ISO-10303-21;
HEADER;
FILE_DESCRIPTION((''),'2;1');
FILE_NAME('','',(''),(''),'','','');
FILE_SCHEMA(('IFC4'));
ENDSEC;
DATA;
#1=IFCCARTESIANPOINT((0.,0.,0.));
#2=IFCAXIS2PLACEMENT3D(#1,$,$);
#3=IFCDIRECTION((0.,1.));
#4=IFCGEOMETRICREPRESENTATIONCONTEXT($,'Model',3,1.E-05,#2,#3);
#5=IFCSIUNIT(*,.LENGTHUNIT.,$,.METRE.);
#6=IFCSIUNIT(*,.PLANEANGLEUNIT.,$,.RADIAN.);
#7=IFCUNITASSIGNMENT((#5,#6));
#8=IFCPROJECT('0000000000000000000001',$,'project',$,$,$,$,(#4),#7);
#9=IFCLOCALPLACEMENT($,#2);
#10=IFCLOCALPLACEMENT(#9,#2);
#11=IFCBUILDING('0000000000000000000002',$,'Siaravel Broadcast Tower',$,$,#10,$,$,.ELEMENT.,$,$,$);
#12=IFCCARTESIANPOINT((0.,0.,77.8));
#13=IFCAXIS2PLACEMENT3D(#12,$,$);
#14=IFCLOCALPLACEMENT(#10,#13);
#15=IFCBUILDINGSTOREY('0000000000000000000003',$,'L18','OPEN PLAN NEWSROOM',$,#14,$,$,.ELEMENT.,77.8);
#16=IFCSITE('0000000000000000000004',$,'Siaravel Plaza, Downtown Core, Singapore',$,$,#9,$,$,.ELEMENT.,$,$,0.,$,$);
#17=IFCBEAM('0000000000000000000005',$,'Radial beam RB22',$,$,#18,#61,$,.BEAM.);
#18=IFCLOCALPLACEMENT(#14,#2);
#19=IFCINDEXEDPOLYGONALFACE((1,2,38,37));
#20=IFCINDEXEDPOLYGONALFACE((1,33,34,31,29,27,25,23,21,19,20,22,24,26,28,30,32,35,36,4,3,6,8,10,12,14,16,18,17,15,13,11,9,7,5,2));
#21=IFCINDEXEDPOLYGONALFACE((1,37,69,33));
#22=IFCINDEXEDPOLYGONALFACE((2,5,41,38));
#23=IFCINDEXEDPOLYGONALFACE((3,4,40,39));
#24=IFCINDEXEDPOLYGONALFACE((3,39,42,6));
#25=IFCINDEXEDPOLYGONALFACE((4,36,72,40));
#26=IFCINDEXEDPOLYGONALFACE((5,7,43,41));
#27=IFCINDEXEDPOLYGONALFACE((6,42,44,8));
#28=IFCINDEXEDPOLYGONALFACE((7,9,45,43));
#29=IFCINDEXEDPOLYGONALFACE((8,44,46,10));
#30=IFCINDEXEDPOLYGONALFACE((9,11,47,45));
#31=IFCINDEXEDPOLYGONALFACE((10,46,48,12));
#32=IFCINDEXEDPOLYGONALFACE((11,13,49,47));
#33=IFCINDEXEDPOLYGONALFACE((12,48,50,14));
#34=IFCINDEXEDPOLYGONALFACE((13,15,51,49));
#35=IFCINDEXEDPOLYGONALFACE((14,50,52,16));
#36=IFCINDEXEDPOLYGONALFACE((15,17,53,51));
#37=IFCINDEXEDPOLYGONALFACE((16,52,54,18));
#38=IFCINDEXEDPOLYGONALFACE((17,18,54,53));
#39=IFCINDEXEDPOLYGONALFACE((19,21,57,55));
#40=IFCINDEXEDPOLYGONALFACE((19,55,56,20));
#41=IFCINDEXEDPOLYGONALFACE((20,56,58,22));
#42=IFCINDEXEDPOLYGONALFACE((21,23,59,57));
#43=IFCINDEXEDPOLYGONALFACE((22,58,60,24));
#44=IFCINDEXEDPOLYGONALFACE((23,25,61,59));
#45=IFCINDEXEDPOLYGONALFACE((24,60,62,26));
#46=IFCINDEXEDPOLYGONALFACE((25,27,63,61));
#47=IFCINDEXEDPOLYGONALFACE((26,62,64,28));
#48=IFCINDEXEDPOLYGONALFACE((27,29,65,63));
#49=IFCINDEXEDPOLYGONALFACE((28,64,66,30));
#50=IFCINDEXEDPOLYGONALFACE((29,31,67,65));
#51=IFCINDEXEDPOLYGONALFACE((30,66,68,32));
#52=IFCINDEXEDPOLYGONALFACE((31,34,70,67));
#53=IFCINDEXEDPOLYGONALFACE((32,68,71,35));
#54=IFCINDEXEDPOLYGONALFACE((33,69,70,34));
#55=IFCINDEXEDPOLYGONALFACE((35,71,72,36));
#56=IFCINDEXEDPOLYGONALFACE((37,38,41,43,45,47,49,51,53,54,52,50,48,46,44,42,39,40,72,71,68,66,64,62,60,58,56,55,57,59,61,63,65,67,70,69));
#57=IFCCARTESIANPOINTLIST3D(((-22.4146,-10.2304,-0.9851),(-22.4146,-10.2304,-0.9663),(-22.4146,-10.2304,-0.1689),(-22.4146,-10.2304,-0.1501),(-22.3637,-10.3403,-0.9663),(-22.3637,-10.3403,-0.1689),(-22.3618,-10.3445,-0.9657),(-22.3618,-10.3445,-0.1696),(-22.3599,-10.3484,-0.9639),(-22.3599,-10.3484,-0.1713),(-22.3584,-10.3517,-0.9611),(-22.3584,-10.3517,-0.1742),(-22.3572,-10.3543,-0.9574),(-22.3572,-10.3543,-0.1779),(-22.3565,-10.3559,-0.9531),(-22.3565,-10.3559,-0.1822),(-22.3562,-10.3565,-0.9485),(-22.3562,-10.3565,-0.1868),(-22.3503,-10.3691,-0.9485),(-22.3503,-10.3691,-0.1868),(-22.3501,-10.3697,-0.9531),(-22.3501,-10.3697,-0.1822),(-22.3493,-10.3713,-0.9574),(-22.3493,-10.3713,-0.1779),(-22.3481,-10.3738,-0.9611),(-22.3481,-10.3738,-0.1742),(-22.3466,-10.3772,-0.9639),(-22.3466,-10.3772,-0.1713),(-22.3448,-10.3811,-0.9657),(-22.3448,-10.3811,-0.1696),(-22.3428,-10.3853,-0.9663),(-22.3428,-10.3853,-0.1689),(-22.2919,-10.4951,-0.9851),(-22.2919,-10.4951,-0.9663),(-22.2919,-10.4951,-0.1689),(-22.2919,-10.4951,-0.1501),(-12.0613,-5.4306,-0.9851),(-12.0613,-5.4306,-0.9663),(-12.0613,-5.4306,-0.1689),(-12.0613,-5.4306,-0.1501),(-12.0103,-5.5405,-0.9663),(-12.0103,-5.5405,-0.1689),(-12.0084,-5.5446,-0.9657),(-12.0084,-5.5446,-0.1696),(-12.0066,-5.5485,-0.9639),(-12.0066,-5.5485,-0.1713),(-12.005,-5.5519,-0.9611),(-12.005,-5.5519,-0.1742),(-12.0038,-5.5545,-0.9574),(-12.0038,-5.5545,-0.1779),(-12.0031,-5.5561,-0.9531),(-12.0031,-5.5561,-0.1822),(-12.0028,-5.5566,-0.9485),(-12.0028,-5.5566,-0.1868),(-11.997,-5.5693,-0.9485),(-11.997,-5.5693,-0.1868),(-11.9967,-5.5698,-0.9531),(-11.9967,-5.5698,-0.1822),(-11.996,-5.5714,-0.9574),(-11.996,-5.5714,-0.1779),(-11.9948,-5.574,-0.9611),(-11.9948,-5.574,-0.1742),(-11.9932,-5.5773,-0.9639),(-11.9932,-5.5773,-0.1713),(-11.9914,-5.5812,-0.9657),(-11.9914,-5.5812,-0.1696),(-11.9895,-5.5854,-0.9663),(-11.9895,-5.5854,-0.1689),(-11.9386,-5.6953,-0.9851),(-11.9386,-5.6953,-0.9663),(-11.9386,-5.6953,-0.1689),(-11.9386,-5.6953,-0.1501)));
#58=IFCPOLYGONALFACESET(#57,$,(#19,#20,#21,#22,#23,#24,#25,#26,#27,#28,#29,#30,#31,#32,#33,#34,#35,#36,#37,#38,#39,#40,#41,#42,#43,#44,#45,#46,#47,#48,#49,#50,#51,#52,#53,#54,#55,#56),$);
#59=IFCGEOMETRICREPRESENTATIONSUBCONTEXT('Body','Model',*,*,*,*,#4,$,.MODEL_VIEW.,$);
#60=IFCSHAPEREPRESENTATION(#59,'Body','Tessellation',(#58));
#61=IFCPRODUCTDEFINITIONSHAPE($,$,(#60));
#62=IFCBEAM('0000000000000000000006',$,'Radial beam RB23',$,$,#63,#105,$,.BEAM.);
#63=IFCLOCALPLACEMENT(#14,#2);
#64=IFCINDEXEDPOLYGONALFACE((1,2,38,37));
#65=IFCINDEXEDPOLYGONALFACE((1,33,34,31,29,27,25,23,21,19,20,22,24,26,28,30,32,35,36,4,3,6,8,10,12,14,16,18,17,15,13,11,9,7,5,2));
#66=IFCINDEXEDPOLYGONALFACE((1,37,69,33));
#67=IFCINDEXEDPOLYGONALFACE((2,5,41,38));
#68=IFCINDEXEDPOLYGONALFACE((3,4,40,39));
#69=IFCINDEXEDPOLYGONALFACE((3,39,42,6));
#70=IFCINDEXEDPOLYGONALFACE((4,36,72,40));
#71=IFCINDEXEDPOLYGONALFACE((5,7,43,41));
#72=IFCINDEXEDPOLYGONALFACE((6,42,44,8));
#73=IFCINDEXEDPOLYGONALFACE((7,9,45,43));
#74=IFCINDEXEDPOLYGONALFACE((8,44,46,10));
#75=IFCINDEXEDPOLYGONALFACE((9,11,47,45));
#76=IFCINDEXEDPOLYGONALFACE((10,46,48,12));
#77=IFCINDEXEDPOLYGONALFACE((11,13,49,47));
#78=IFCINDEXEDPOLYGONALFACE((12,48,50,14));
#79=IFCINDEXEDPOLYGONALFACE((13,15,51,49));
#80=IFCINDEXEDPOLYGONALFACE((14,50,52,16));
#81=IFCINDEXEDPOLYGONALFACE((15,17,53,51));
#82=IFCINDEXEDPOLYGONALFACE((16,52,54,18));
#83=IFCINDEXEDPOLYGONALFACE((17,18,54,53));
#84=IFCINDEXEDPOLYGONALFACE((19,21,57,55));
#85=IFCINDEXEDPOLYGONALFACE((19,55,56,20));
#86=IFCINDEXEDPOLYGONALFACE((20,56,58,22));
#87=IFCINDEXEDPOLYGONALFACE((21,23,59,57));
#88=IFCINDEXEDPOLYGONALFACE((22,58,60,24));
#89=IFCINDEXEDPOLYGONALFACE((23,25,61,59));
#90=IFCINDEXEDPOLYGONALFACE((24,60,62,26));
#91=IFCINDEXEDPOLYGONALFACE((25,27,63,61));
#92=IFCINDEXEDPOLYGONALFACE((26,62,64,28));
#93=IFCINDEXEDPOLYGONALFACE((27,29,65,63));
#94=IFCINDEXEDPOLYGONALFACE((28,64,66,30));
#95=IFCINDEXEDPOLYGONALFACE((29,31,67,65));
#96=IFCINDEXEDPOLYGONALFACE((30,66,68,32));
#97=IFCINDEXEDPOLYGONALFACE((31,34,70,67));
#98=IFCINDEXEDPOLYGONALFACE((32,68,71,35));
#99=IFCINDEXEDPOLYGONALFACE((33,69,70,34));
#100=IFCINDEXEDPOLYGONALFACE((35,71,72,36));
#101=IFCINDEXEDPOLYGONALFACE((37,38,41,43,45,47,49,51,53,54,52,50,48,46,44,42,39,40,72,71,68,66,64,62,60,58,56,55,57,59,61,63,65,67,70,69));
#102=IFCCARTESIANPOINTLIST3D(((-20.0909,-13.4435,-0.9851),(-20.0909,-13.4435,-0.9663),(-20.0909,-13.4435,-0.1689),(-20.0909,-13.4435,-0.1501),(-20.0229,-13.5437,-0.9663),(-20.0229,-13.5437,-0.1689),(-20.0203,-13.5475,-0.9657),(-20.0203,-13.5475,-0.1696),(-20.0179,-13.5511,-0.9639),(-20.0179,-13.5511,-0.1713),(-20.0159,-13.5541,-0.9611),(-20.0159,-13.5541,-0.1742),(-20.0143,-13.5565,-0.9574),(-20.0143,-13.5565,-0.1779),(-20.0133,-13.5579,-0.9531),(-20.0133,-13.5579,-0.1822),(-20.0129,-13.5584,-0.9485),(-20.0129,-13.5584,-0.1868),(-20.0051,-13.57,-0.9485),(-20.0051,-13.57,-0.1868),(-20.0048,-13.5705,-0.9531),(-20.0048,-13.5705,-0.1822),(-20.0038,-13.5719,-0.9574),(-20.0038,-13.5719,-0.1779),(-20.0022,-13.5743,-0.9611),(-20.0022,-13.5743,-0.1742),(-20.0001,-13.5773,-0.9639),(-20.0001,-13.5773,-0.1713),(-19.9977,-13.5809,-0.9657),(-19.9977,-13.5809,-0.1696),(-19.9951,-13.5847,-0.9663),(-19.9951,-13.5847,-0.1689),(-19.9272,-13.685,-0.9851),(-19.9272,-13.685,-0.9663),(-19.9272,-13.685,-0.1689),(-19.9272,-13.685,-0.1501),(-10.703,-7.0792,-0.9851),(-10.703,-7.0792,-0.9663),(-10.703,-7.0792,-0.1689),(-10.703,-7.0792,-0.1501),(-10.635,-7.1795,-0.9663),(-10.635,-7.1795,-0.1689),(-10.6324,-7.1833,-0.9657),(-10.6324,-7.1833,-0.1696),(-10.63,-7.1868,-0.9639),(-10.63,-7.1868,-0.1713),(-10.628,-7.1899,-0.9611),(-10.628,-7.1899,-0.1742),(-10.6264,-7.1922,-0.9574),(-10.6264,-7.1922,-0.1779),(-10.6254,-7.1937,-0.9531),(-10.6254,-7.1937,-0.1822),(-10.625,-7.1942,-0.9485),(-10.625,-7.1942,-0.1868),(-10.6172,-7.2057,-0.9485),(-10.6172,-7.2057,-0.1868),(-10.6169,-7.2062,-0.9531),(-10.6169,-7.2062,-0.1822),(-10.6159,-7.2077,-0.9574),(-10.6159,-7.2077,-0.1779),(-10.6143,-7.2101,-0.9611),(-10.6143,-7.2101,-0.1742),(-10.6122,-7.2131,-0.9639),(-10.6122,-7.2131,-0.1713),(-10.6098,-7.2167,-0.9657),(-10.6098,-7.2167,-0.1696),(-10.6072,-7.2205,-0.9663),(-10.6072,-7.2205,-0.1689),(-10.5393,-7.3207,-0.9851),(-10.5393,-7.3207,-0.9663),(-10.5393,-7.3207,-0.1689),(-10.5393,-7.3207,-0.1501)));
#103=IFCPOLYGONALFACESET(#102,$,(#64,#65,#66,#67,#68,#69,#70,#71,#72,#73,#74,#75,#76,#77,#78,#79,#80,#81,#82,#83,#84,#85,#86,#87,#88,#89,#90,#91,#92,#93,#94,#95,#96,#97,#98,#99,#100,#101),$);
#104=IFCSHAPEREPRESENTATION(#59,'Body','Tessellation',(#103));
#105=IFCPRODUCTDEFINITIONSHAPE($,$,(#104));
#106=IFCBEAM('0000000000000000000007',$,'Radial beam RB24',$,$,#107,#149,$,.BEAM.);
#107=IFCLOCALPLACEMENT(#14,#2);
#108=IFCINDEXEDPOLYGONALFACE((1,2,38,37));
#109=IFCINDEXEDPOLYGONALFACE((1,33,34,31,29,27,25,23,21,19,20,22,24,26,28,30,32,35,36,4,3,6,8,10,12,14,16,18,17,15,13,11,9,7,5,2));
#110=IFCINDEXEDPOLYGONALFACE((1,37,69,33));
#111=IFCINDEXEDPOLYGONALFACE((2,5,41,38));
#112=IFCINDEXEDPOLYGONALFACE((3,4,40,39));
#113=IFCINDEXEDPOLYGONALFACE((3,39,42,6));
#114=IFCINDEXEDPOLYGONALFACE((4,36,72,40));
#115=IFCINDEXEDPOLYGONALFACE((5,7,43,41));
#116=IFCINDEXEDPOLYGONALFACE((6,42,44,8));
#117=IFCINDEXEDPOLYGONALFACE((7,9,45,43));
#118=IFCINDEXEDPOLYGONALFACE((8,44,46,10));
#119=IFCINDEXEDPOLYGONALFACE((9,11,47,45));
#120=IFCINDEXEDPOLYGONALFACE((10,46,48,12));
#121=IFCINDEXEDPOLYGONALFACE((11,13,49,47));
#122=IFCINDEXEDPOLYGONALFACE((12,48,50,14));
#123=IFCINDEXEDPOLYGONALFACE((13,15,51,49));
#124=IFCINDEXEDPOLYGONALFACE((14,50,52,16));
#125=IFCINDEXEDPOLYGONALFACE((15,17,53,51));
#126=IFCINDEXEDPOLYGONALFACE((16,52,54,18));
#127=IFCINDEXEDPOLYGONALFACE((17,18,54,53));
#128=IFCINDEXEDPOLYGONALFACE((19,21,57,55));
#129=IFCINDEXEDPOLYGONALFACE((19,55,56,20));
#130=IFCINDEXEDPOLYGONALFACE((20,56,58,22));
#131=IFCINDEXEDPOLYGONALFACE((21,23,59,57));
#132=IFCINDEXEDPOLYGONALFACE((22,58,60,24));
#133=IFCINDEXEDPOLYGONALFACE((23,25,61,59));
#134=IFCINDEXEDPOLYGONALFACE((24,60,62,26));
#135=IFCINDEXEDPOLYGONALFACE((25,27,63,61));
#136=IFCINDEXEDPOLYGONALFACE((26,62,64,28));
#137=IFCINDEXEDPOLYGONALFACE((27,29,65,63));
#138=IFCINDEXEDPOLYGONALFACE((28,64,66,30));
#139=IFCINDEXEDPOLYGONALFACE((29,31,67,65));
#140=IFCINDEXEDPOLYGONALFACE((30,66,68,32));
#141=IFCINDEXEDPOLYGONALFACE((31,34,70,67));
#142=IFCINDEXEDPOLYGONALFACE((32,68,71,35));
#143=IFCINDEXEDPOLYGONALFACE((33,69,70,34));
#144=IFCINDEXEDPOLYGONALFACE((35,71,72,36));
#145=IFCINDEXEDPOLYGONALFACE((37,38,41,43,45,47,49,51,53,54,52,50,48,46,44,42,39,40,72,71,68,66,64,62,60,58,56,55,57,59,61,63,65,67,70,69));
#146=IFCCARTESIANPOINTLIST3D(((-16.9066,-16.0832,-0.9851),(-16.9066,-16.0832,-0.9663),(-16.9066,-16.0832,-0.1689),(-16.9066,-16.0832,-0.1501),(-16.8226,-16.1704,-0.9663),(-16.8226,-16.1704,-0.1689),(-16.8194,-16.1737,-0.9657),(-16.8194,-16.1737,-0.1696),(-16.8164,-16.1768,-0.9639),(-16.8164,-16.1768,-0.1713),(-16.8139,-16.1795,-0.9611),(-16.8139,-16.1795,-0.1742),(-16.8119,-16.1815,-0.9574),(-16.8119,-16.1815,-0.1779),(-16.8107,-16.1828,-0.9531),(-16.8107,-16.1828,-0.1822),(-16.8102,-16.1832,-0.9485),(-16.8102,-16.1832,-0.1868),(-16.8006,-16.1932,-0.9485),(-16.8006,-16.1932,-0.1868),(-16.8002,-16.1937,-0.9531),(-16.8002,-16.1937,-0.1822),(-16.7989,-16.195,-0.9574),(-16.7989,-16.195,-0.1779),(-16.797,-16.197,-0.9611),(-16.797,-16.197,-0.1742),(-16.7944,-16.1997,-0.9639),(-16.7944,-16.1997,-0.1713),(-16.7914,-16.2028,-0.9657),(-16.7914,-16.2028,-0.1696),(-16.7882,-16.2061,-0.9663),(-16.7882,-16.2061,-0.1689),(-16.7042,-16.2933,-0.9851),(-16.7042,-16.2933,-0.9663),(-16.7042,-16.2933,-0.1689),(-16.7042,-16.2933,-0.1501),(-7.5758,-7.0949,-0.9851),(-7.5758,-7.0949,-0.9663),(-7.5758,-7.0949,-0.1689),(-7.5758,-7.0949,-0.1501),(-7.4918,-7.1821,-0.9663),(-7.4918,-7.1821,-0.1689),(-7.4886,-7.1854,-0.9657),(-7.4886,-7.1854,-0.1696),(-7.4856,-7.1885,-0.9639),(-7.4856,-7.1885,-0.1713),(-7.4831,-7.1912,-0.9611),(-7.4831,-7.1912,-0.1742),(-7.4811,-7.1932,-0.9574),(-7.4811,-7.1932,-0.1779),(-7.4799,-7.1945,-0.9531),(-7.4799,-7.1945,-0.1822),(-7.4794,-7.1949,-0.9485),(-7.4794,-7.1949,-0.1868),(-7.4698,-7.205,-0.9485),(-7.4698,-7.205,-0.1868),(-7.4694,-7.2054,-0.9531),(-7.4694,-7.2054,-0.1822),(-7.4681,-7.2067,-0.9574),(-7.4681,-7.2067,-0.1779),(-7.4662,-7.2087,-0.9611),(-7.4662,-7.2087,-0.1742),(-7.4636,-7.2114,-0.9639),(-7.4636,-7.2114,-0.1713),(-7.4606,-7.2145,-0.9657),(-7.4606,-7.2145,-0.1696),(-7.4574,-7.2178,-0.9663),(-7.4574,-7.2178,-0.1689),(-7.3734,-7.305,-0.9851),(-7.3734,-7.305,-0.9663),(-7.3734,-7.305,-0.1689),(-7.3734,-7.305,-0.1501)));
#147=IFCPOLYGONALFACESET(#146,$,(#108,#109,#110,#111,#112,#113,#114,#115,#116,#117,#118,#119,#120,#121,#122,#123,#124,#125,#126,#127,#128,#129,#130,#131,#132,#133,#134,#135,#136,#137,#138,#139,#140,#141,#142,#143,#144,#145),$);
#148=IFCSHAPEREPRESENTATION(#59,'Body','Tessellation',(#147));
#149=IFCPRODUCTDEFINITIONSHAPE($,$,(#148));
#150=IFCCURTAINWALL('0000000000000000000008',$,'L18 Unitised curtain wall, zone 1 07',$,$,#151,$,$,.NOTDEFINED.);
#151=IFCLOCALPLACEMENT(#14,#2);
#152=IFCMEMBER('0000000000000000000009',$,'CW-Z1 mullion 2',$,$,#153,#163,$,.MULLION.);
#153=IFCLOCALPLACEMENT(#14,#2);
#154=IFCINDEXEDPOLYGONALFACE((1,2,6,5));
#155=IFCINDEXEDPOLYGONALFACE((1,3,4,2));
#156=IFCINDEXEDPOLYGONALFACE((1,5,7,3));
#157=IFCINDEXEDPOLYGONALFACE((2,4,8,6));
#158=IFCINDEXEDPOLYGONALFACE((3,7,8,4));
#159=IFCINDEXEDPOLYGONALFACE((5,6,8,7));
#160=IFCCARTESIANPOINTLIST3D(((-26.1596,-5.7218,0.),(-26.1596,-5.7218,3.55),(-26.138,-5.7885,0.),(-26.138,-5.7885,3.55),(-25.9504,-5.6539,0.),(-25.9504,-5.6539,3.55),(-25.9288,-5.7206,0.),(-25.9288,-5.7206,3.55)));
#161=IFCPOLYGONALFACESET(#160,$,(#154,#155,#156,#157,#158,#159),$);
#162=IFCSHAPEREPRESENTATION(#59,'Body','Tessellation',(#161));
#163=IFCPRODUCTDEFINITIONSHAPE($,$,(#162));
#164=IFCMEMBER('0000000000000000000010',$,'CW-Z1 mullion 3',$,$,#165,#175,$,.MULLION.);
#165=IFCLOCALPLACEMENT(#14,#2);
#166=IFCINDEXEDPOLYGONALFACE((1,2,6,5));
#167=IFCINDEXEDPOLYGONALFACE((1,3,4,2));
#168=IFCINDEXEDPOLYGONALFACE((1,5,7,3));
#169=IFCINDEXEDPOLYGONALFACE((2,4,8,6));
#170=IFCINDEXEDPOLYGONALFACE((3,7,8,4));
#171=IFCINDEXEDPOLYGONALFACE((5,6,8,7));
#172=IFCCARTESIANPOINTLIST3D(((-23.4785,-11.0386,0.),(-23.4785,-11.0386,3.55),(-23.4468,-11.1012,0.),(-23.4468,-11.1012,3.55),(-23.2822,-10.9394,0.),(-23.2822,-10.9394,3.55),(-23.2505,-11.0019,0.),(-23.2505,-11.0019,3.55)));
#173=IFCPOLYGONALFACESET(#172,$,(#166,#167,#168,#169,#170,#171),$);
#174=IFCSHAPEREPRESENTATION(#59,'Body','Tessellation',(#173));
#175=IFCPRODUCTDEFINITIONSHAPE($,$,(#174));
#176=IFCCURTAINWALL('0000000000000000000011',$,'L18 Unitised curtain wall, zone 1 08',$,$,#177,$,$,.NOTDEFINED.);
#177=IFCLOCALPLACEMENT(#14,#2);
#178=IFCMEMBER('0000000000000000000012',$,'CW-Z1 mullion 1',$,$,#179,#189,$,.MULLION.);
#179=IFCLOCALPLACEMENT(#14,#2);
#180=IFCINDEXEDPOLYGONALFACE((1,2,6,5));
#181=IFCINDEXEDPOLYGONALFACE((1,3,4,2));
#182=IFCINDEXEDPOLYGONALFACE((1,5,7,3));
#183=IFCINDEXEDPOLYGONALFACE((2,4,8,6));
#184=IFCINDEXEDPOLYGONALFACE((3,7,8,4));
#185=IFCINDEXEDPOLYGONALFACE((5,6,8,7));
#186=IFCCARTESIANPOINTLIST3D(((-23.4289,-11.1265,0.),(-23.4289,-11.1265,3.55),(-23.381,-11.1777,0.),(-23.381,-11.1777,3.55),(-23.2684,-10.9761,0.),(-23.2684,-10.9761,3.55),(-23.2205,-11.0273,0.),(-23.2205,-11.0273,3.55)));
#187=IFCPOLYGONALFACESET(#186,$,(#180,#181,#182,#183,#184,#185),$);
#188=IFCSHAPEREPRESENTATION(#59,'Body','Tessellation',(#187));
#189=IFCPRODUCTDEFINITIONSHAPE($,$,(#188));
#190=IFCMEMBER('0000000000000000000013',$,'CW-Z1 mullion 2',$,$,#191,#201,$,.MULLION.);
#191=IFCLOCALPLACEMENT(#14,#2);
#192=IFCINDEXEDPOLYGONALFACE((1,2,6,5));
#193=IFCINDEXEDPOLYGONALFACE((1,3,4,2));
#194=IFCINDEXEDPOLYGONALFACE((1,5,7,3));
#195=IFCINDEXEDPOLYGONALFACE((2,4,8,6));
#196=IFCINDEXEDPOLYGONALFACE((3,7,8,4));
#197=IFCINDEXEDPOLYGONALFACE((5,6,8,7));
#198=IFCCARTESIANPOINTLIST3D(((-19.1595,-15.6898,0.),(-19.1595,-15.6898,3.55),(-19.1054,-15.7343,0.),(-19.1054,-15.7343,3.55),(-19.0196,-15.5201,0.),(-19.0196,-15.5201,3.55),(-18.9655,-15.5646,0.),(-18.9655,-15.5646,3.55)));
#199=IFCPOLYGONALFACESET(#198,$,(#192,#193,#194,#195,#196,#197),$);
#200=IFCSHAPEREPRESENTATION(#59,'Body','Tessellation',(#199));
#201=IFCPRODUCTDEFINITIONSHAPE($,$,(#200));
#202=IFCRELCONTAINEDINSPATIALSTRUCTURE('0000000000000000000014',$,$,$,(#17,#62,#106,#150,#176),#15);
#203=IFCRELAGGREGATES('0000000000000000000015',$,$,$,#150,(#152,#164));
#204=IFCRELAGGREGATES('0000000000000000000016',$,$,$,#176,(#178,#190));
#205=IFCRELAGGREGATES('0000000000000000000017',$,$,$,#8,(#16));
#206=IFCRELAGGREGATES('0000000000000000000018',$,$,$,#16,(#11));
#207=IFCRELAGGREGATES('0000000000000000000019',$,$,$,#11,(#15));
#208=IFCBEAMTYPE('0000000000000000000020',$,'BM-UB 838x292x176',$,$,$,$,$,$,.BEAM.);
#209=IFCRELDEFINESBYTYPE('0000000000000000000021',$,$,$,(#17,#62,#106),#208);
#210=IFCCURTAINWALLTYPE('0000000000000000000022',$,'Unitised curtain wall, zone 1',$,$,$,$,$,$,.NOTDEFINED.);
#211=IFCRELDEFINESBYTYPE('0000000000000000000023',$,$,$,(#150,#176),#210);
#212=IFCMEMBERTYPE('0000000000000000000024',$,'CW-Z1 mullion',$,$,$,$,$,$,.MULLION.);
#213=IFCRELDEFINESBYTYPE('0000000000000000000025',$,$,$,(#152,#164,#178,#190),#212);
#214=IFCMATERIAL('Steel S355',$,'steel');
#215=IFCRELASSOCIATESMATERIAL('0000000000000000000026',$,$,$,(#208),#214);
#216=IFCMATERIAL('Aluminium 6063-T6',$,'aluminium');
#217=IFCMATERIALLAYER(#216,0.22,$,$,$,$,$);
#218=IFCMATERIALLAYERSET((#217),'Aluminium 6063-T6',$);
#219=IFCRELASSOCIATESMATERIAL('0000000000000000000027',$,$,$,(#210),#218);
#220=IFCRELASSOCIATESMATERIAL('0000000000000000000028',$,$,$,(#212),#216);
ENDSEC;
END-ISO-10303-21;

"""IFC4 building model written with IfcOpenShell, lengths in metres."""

from ifc_helpers import new_model, si_unit, direction, frame, origin, origin_2d, place, context, subcontext, project, spatial, rectangle, i_section, extrude, material, layer, layer_set, material_profile, profile_set, type_object, element, aggregate, save


model = new_model("IFC4")

# Units and contexts
model_context = context("Model", 3, precision=1e-05, world=origin(), true_north=direction((0.0, 1.0)))
body_context = subcontext(model_context, "Body", "Model", "MODEL_VIEW")
ifc_project = project(units=[si_unit("LENGTHUNIT", "METRE"), si_unit("PLANEANGLEUNIT", "RADIAN")], contexts=[model_context])

# Site, building, storey
site_placement = place(None, origin())
site = spatial("IfcSite", under=ifc_project, at=site_placement, Name="Siaravel Plaza, Downtown Core, Singapore", CompositionType="ELEMENT", RefElevation=0.0)
building_placement = place(site_placement, origin())
building = spatial("IfcBuilding", under=site, at=building_placement, Name="Siaravel Broadcast Tower", CompositionType="ELEMENT")
storey_placement = place(building_placement, frame((0.0, 0.0, 77.8)))
storey = spatial("IfcBuildingStorey", under=building, at=storey_placement, Name="L18", Description="OPEN PLAN NEWSROOM", CompositionType="ELEMENT", Elevation=77.8)

# Beams
ifc_material_1 = material(Name="Steel S355", Category="steel")
ifc_material_profile_1 = material_profile(ifc_material_1, i_section(OverallWidth=0.2917, OverallDepth=0.835, WebThickness=0.0139, FlangeThickness=0.0188, FilletRadius=0.0178, at=origin_2d()))
ifc_profile_set_1 = profile_set([ifc_material_profile_1], Name="Steel S355")
beam_type = type_object("IfcBeamType", Name="BM-UB 838x292x176", PredefinedType="BEAM", material=ifc_profile_set_1)
beam_1_placement = place(storey_placement, frame((-22.3533, -10.3628, -0.5676), z_axis=(0.907246, 0.420601, 0.0), x_axis=(-0.420601, 0.907246, 0.0)))
element("IfcBeam", 1, at=beam_1_placement, inside=storey, type_object=beam_type, Name="Radial beam RB22", PredefinedType="BEAM", context=body_context, shape_type="SweptSolid", body=[
    extrude(i_section(OverallWidth=0.2917, OverallDepth=0.835, WebThickness=0.0139, FlangeThickness=0.0188, FilletRadius=0.0178, at=origin_2d()), origin(), (0.0, 0.0, 1.0), 11.4119),
])
beam_2_placement = place(storey_placement, frame((-20.009, -13.5642, -0.5676), z_axis=(0.827727, 0.561131, 0.0), x_axis=(-0.561131, 0.827727, 0.0)))
element("IfcBeam", 2, at=beam_2_placement, inside=storey, type_object=beam_type, Name="Radial beam RB23", PredefinedType="BEAM", context=body_context, shape_type="SweptSolid", body=[
    extrude(i_section(OverallWidth=0.2917, OverallDepth=0.835, WebThickness=0.0139, FlangeThickness=0.0188, FilletRadius=0.0178, at=origin_2d()), origin(), (0.0, 0.0, 1.0), 11.3418),
])
beam_3_placement = place(storey_placement, frame((-16.8054, -16.1882, -0.5676), z_axis=(0.720202, 0.693764, 0.0), x_axis=(-0.693764, 0.720202, 0.0)))
element("IfcBeam", 3, at=beam_3_placement, inside=storey, type_object=beam_type, Name="Radial beam RB24", PredefinedType="BEAM", context=body_context, shape_type="SweptSolid", body=[
    extrude(i_section(OverallWidth=0.2917, OverallDepth=0.835, WebThickness=0.0139, FlangeThickness=0.0188, FilletRadius=0.0178, at=origin_2d()), origin(), (0.0, 0.0, 1.0), 12.9558),
])

# Curtain walls, members
ifc_material_2 = material(Name="Aluminium 6063-T6", Category="aluminium")
ifc_layer_1 = layer(ifc_material_2, 0.22)
ifc_layer_set_1 = layer_set([ifc_layer_1], Name="Aluminium 6063-T6")
curtain_wall_type = type_object("IfcCurtainWallType", Name="Unitised curtain wall, zone 1", PredefinedType="NOTDEFINED", material=ifc_layer_set_1)
curtain_wall_1_placement = place(storey_placement, origin())
curtain_wall_1 = element("IfcCurtainWall", 4, at=curtain_wall_1_placement, inside=storey, type_object=curtain_wall_type, Name="L18 Unitised curtain wall, zone 1 07", PredefinedType="NOTDEFINED")
ifc_material_profile_2 = material_profile(ifc_material_2, rectangle(XDim=0.22, YDim=0.0701, at=origin_2d()))
ifc_profile_set_2 = profile_set([ifc_material_profile_2], Name="Aluminium 6063-T6")
member_type_1 = type_object("IfcMemberType", Name="CW-Z1 mullion", PredefinedType="MULLION", material=ifc_profile_set_2)
member_1_placement = place(storey_placement, frame((-26.0442, -5.7212, 0.0), z_axis=(0.0, 0.0, 1.0), x_axis=(0.951177, 0.308645, 0.0)))
member_1 = element("IfcMember", 5, at=member_1_placement, type_object=member_type_1, Name="CW-Z1 mullion 2", PredefinedType="MULLION", context=body_context, shape_type="SweptSolid", body=[
    extrude(rectangle(XDim=0.22, YDim=0.0701, at=origin_2d()), origin(), (0.0, 0.0, 1.0), 3.55),
])
member_2_placement = place(storey_placement, frame((-23.3645, -11.0203, 0.0), z_axis=(0.0, 0.0, 1.0), x_axis=(0.892392, 0.451261, 0.0)))
member_2 = element("IfcMember", 6, at=member_2_placement, type_object=member_type_1, Name="CW-Z1 mullion 3", PredefinedType="MULLION", context=body_context, shape_type="SweptSolid", body=[
    extrude(rectangle(XDim=0.22, YDim=0.0701, at=origin_2d()), origin(), (0.0, 0.0, 1.0), 3.55),
])
curtain_wall_2_placement = place(storey_placement, origin())
curtain_wall_2 = element("IfcCurtainWall", 7, at=curtain_wall_2_placement, inside=storey, type_object=curtain_wall_type, Name="L18 Unitised curtain wall, zone 1 08", PredefinedType="NOTDEFINED")
member_3_placement = place(storey_placement, frame((-23.3247, -11.0769, 0.0), z_axis=(0.0, 0.0, 1.0), x_axis=(0.729806, 0.683655, 0.0)))
member_3 = element("IfcMember", 8, at=member_3_placement, type_object=member_type_1, Name="CW-Z1 mullion 1", PredefinedType="MULLION", context=body_context, shape_type="SweptSolid", body=[
    extrude(rectangle(XDim=0.22, YDim=0.0701, at=origin_2d()), origin(), (0.0, 0.0, 1.0), 3.55),
])
member_4_placement = place(storey_placement, frame((-19.0625, -15.6272, 0.0), z_axis=(0.0, 0.0, 1.0), x_axis=(0.636219, 0.771508, 0.0)))
member_4 = element("IfcMember", 9, at=member_4_placement, type_object=member_type_1, Name="CW-Z1 mullion 2", PredefinedType="MULLION", context=body_context, shape_type="SweptSolid", body=[
    extrude(rectangle(XDim=0.22, YDim=0.0701, at=origin_2d()), origin(), (0.0, 0.0, 1.0), 3.55),
])

aggregate(curtain_wall_1, [member_1, member_2])
aggregate(curtain_wall_2, [member_3, member_4])

save(model, "model.ifc")
